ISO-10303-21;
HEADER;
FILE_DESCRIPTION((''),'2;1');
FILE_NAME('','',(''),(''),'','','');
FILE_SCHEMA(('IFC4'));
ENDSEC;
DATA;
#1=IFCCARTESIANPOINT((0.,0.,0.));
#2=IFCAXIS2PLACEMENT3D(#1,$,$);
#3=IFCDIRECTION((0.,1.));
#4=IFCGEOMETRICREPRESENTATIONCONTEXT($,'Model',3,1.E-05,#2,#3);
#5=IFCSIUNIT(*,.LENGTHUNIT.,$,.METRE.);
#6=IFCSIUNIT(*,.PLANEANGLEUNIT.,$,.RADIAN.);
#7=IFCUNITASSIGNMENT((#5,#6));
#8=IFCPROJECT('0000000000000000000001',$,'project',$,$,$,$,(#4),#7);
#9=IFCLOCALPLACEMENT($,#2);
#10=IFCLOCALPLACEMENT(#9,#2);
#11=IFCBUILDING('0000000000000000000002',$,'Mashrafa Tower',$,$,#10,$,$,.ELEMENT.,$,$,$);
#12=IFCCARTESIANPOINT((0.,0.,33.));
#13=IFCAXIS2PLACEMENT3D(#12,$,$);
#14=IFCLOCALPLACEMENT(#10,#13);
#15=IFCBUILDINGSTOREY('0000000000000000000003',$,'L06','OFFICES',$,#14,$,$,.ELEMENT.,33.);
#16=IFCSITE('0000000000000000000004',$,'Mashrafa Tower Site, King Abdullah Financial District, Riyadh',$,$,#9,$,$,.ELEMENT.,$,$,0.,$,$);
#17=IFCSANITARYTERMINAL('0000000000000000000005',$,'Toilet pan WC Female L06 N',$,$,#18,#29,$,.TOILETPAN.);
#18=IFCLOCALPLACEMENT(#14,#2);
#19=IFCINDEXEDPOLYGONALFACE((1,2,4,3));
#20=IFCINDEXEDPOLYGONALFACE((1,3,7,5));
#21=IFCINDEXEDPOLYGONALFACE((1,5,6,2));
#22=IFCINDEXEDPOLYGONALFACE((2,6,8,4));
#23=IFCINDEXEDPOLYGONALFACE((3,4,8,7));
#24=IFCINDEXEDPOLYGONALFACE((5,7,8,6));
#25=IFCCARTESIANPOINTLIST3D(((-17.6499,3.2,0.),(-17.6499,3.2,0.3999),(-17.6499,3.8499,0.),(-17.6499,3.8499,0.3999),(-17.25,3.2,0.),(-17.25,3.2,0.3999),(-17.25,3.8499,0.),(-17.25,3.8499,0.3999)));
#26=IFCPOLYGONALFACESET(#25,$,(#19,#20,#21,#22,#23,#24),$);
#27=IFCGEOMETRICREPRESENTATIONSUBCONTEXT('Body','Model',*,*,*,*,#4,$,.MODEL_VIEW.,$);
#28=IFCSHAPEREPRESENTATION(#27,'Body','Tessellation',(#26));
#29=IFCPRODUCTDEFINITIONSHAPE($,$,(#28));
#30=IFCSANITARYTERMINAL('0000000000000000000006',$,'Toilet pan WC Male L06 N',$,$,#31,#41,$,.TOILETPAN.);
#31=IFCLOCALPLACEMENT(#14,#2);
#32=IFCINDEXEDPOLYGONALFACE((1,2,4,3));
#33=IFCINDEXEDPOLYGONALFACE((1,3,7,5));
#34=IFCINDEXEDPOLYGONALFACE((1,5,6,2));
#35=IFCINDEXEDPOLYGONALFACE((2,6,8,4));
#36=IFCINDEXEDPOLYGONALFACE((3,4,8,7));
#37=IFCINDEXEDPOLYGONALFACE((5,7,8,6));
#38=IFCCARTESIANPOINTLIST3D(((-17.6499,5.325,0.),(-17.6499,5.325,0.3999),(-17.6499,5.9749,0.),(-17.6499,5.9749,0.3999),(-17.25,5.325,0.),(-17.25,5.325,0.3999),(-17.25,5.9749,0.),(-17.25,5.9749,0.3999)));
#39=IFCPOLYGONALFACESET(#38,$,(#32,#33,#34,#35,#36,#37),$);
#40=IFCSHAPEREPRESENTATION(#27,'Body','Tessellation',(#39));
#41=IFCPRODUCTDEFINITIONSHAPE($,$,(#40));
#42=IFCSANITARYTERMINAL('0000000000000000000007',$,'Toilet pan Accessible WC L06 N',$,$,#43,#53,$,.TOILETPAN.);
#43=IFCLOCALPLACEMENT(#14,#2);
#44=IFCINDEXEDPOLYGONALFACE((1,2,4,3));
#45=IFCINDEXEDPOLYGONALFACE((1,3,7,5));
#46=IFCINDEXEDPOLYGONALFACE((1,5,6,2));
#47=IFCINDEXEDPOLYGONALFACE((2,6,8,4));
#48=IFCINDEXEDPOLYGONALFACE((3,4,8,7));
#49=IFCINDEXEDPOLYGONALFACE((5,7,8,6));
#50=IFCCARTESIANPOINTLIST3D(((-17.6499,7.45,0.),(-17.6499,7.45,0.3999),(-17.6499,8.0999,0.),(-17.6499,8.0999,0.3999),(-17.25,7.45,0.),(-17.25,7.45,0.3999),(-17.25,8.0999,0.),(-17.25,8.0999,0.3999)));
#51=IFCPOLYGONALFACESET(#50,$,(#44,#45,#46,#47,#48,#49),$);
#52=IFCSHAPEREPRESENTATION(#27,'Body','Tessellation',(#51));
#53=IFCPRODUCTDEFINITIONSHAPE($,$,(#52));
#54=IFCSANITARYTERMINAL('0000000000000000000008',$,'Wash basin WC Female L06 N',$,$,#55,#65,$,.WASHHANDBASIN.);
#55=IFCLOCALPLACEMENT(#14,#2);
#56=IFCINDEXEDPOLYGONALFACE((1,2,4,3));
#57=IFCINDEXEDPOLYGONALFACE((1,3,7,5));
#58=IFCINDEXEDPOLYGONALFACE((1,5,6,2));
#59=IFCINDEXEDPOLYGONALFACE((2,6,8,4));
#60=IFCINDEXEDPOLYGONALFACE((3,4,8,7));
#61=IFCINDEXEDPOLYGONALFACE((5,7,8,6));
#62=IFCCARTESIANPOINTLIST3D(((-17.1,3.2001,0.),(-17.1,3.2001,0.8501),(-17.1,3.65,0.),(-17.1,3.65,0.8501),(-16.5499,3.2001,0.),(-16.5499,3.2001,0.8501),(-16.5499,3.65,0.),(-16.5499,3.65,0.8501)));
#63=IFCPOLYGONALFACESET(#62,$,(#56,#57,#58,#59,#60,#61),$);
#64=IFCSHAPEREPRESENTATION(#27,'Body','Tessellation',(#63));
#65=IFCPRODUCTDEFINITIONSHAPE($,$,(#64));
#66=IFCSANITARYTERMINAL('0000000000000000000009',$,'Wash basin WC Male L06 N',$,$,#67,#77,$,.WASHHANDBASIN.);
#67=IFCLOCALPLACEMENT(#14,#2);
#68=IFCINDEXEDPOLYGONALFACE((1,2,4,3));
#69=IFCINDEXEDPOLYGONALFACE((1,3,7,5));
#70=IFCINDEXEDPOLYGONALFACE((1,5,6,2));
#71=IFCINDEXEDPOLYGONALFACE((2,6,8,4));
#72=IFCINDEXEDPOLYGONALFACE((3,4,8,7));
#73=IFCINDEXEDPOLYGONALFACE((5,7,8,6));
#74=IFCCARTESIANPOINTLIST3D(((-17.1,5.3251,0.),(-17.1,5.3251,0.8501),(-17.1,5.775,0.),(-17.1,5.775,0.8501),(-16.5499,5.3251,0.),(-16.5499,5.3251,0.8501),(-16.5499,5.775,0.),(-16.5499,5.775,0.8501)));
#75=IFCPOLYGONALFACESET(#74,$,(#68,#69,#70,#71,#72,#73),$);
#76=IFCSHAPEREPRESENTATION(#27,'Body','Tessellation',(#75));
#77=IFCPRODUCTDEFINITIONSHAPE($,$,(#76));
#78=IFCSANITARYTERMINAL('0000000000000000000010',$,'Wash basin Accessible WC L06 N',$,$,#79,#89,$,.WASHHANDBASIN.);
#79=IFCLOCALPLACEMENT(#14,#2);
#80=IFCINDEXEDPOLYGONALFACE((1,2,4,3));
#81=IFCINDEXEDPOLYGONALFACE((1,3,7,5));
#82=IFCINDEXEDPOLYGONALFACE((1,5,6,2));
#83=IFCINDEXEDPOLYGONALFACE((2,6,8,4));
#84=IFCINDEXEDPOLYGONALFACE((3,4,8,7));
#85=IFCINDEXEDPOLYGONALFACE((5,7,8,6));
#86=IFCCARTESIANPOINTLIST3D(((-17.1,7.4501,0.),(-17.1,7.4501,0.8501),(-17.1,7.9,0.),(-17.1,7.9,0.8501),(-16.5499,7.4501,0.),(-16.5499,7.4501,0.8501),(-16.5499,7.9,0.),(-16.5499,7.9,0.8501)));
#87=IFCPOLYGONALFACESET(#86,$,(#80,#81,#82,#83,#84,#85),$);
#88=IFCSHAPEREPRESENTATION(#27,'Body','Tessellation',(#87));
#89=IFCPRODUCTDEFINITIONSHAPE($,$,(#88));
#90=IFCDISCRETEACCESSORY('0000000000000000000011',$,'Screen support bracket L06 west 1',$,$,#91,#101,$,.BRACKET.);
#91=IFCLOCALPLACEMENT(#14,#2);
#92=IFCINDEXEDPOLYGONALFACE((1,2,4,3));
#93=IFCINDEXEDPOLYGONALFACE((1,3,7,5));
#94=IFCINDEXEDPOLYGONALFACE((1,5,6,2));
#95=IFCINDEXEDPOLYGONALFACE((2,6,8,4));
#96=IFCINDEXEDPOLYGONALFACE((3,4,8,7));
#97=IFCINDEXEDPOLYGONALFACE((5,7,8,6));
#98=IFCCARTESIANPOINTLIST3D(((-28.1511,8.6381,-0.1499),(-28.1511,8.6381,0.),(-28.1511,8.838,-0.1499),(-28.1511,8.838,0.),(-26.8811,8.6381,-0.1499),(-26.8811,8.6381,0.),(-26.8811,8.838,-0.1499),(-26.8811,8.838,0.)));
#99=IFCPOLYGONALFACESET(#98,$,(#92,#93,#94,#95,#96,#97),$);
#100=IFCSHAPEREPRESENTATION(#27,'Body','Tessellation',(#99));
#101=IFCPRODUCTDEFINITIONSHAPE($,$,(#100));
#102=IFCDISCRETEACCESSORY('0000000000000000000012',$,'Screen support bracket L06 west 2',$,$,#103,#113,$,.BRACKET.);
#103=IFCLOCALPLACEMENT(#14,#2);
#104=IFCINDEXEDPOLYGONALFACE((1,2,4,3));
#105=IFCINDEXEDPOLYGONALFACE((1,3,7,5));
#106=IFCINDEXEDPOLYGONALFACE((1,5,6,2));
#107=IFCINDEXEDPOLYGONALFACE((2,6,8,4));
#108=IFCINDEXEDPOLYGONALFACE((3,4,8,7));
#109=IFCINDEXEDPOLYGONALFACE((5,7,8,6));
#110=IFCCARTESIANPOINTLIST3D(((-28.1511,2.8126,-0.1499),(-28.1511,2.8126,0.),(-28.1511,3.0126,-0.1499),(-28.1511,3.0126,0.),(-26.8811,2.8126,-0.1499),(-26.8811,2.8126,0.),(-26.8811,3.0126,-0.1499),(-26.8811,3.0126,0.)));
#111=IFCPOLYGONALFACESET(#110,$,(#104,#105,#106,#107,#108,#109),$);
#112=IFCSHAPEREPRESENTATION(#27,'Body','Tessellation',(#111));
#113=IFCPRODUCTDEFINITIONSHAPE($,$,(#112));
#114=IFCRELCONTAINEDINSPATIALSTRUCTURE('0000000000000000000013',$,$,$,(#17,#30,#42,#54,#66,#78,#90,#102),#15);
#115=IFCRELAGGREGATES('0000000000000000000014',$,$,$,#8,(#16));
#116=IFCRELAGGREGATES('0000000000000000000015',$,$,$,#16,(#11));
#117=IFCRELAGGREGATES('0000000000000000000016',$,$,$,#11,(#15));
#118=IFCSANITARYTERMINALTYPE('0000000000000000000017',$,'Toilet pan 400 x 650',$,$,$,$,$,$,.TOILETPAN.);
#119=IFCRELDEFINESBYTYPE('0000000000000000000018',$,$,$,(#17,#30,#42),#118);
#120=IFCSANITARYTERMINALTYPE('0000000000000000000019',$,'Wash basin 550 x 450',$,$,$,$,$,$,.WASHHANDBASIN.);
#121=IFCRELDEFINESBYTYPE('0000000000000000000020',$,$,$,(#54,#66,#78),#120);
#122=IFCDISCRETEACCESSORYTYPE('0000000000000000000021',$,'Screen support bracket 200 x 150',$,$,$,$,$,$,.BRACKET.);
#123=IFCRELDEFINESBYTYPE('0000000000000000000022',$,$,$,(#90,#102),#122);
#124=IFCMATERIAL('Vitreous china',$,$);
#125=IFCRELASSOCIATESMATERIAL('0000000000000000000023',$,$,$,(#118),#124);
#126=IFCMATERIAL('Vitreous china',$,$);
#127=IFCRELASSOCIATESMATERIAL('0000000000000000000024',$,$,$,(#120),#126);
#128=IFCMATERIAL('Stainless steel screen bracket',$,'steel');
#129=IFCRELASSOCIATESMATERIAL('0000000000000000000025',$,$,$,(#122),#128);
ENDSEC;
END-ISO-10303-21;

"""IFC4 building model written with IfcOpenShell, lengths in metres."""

from ifc_helpers import new_model, si_unit, direction, frame, origin, origin_2d, place, context, subcontext, project, spatial, rectangle, extrude, source, transform, mapped, material, type_object, type_shapes, element, save


model = new_model("IFC4")

# Units and contexts
model_context = context("Model", 3, precision=1e-05, world=origin(), true_north=direction((0.0, 1.0)))
body_context = subcontext(model_context, "Body", "Model", "MODEL_VIEW")
ifc_project = project(units=[si_unit("LENGTHUNIT", "METRE"), si_unit("PLANEANGLEUNIT", "RADIAN")], contexts=[model_context])

# Site, building, storey
site_placement = place(None, origin())
site = spatial("IfcSite", under=ifc_project, at=site_placement, Name="Mashrafa Tower Site, King Abdullah Financial District, Riyadh", CompositionType="ELEMENT", RefElevation=0.0)
building_placement = place(site_placement, origin())
building = spatial("IfcBuilding", under=site, at=building_placement, Name="Mashrafa Tower", CompositionType="ELEMENT")
storey_placement = place(building_placement, frame((0.0, 0.0, 33.0)))
storey = spatial("IfcBuildingStorey", under=building, at=storey_placement, Name="L06", Description="OFFICES", CompositionType="ELEMENT", Elevation=33.0)

# Sanitary terminals
ifc_material_1 = material(Name="Vitreous china")
sanitary_terminal_type_1 = type_object("IfcSanitaryTerminalType", Name="Toilet pan 400 x 650", PredefinedType="TOILETPAN", material=ifc_material_1)
for number, where, z_axis, x_axis, name in (
    (1, (-17.45, 3.5249, 0.0), (0.0, 0.0, 1.0), (1.0, 0.0, 0.0), "Toilet pan WC Female L06 N"),
    (2, (-17.45, 5.6499, 0.0), (0.0, 0.0, 1.0), (1.0, 0.0, 0.0), "Toilet pan WC Male L06 N"),
    (3, (-17.45, 7.7749, 0.0), (0.0, 0.0, 1.0), (1.0, 0.0, 0.0), "Toilet pan Accessible WC L06 N"),
):
    element("IfcSanitaryTerminal", number, at=place(storey_placement, frame(where, z_axis=z_axis, x_axis=x_axis)), inside=storey, type_object=sanitary_terminal_type_1, Name=name, PredefinedType="TOILETPAN", context=body_context, shape_type="SweptSolid", body=[
        extrude(rectangle(XDim=0.3999, YDim=0.6499, at=origin_2d()), origin(), (0.0, 0.0, 1.0), 0.3999),
    ])
ifc_material_2 = material(Name="Vitreous china")
sanitary_terminal_type_2 = type_object("IfcSanitaryTerminalType", Name="Wash basin 550 x 450", PredefinedType="WASHHANDBASIN", material=ifc_material_2)
for number, where, z_axis, x_axis, name in (
    (4, (-16.825, 3.425, 0.0), (0.0, 0.0, 1.0), (1.0, 0.0, 0.0), "Wash basin WC Female L06 N"),
    (5, (-16.825, 5.55, 0.0), (0.0, 0.0, 1.0), (1.0, 0.0, 0.0), "Wash basin WC Male L06 N"),
    (6, (-16.825, 7.675, 0.0), (0.0, 0.0, 1.0), (1.0, 0.0, 0.0), "Wash basin Accessible WC L06 N"),
):
    element("IfcSanitaryTerminal", number, at=place(storey_placement, frame(where, z_axis=z_axis, x_axis=x_axis)), inside=storey, type_object=sanitary_terminal_type_2, Name=name, PredefinedType="WASHHANDBASIN", context=body_context, shape_type="SweptSolid", body=[
        extrude(rectangle(XDim=0.55, YDim=0.45, at=origin_2d()), origin(), (0.0, 0.0, 1.0), 0.8501),
    ])

# Discrete accessories
ifc_material_3 = material(Name="Stainless steel screen bracket", Category="steel")
discrete_accessory_type = type_object("IfcDiscreteAccessoryType", Name="Screen support bracket 200 x 150", PredefinedType="BRACKET", material=ifc_material_3)
shared_shape_1 = source(origin(), body_context, "Body", "SweptSolid", [
    extrude(rectangle(XDim=0.2, YDim=1.27, at=origin_2d()), origin(), (0.0, 0.0, 1.0), 0.1499),
])
type_shapes(discrete_accessory_type, [shared_shape_1])
for number, where, z_axis, x_axis, name in (
    (7, (-27.5161, 8.738, -0.1499), (0.0, 0.0, 1.0), (0.0, -1.0, 0.0), "Screen support bracket L06 west 1"),
    (8, (-27.5161, 2.9126, -0.1499), (0.0, 0.0, 1.0), (0.0, -1.0, 0.0), "Screen support bracket L06 west 2"),
):
    element("IfcDiscreteAccessory", number, at=place(storey_placement, frame(where, z_axis=z_axis, x_axis=x_axis)), inside=storey, type_object=discrete_accessory_type, Name=name, PredefinedType="BRACKET", context=body_context, shape_type="MappedRepresentation", body=[
        mapped(shared_shape_1, transform((0.0, 0.0, 0.0))),
    ])

save(model, "model.ifc")
